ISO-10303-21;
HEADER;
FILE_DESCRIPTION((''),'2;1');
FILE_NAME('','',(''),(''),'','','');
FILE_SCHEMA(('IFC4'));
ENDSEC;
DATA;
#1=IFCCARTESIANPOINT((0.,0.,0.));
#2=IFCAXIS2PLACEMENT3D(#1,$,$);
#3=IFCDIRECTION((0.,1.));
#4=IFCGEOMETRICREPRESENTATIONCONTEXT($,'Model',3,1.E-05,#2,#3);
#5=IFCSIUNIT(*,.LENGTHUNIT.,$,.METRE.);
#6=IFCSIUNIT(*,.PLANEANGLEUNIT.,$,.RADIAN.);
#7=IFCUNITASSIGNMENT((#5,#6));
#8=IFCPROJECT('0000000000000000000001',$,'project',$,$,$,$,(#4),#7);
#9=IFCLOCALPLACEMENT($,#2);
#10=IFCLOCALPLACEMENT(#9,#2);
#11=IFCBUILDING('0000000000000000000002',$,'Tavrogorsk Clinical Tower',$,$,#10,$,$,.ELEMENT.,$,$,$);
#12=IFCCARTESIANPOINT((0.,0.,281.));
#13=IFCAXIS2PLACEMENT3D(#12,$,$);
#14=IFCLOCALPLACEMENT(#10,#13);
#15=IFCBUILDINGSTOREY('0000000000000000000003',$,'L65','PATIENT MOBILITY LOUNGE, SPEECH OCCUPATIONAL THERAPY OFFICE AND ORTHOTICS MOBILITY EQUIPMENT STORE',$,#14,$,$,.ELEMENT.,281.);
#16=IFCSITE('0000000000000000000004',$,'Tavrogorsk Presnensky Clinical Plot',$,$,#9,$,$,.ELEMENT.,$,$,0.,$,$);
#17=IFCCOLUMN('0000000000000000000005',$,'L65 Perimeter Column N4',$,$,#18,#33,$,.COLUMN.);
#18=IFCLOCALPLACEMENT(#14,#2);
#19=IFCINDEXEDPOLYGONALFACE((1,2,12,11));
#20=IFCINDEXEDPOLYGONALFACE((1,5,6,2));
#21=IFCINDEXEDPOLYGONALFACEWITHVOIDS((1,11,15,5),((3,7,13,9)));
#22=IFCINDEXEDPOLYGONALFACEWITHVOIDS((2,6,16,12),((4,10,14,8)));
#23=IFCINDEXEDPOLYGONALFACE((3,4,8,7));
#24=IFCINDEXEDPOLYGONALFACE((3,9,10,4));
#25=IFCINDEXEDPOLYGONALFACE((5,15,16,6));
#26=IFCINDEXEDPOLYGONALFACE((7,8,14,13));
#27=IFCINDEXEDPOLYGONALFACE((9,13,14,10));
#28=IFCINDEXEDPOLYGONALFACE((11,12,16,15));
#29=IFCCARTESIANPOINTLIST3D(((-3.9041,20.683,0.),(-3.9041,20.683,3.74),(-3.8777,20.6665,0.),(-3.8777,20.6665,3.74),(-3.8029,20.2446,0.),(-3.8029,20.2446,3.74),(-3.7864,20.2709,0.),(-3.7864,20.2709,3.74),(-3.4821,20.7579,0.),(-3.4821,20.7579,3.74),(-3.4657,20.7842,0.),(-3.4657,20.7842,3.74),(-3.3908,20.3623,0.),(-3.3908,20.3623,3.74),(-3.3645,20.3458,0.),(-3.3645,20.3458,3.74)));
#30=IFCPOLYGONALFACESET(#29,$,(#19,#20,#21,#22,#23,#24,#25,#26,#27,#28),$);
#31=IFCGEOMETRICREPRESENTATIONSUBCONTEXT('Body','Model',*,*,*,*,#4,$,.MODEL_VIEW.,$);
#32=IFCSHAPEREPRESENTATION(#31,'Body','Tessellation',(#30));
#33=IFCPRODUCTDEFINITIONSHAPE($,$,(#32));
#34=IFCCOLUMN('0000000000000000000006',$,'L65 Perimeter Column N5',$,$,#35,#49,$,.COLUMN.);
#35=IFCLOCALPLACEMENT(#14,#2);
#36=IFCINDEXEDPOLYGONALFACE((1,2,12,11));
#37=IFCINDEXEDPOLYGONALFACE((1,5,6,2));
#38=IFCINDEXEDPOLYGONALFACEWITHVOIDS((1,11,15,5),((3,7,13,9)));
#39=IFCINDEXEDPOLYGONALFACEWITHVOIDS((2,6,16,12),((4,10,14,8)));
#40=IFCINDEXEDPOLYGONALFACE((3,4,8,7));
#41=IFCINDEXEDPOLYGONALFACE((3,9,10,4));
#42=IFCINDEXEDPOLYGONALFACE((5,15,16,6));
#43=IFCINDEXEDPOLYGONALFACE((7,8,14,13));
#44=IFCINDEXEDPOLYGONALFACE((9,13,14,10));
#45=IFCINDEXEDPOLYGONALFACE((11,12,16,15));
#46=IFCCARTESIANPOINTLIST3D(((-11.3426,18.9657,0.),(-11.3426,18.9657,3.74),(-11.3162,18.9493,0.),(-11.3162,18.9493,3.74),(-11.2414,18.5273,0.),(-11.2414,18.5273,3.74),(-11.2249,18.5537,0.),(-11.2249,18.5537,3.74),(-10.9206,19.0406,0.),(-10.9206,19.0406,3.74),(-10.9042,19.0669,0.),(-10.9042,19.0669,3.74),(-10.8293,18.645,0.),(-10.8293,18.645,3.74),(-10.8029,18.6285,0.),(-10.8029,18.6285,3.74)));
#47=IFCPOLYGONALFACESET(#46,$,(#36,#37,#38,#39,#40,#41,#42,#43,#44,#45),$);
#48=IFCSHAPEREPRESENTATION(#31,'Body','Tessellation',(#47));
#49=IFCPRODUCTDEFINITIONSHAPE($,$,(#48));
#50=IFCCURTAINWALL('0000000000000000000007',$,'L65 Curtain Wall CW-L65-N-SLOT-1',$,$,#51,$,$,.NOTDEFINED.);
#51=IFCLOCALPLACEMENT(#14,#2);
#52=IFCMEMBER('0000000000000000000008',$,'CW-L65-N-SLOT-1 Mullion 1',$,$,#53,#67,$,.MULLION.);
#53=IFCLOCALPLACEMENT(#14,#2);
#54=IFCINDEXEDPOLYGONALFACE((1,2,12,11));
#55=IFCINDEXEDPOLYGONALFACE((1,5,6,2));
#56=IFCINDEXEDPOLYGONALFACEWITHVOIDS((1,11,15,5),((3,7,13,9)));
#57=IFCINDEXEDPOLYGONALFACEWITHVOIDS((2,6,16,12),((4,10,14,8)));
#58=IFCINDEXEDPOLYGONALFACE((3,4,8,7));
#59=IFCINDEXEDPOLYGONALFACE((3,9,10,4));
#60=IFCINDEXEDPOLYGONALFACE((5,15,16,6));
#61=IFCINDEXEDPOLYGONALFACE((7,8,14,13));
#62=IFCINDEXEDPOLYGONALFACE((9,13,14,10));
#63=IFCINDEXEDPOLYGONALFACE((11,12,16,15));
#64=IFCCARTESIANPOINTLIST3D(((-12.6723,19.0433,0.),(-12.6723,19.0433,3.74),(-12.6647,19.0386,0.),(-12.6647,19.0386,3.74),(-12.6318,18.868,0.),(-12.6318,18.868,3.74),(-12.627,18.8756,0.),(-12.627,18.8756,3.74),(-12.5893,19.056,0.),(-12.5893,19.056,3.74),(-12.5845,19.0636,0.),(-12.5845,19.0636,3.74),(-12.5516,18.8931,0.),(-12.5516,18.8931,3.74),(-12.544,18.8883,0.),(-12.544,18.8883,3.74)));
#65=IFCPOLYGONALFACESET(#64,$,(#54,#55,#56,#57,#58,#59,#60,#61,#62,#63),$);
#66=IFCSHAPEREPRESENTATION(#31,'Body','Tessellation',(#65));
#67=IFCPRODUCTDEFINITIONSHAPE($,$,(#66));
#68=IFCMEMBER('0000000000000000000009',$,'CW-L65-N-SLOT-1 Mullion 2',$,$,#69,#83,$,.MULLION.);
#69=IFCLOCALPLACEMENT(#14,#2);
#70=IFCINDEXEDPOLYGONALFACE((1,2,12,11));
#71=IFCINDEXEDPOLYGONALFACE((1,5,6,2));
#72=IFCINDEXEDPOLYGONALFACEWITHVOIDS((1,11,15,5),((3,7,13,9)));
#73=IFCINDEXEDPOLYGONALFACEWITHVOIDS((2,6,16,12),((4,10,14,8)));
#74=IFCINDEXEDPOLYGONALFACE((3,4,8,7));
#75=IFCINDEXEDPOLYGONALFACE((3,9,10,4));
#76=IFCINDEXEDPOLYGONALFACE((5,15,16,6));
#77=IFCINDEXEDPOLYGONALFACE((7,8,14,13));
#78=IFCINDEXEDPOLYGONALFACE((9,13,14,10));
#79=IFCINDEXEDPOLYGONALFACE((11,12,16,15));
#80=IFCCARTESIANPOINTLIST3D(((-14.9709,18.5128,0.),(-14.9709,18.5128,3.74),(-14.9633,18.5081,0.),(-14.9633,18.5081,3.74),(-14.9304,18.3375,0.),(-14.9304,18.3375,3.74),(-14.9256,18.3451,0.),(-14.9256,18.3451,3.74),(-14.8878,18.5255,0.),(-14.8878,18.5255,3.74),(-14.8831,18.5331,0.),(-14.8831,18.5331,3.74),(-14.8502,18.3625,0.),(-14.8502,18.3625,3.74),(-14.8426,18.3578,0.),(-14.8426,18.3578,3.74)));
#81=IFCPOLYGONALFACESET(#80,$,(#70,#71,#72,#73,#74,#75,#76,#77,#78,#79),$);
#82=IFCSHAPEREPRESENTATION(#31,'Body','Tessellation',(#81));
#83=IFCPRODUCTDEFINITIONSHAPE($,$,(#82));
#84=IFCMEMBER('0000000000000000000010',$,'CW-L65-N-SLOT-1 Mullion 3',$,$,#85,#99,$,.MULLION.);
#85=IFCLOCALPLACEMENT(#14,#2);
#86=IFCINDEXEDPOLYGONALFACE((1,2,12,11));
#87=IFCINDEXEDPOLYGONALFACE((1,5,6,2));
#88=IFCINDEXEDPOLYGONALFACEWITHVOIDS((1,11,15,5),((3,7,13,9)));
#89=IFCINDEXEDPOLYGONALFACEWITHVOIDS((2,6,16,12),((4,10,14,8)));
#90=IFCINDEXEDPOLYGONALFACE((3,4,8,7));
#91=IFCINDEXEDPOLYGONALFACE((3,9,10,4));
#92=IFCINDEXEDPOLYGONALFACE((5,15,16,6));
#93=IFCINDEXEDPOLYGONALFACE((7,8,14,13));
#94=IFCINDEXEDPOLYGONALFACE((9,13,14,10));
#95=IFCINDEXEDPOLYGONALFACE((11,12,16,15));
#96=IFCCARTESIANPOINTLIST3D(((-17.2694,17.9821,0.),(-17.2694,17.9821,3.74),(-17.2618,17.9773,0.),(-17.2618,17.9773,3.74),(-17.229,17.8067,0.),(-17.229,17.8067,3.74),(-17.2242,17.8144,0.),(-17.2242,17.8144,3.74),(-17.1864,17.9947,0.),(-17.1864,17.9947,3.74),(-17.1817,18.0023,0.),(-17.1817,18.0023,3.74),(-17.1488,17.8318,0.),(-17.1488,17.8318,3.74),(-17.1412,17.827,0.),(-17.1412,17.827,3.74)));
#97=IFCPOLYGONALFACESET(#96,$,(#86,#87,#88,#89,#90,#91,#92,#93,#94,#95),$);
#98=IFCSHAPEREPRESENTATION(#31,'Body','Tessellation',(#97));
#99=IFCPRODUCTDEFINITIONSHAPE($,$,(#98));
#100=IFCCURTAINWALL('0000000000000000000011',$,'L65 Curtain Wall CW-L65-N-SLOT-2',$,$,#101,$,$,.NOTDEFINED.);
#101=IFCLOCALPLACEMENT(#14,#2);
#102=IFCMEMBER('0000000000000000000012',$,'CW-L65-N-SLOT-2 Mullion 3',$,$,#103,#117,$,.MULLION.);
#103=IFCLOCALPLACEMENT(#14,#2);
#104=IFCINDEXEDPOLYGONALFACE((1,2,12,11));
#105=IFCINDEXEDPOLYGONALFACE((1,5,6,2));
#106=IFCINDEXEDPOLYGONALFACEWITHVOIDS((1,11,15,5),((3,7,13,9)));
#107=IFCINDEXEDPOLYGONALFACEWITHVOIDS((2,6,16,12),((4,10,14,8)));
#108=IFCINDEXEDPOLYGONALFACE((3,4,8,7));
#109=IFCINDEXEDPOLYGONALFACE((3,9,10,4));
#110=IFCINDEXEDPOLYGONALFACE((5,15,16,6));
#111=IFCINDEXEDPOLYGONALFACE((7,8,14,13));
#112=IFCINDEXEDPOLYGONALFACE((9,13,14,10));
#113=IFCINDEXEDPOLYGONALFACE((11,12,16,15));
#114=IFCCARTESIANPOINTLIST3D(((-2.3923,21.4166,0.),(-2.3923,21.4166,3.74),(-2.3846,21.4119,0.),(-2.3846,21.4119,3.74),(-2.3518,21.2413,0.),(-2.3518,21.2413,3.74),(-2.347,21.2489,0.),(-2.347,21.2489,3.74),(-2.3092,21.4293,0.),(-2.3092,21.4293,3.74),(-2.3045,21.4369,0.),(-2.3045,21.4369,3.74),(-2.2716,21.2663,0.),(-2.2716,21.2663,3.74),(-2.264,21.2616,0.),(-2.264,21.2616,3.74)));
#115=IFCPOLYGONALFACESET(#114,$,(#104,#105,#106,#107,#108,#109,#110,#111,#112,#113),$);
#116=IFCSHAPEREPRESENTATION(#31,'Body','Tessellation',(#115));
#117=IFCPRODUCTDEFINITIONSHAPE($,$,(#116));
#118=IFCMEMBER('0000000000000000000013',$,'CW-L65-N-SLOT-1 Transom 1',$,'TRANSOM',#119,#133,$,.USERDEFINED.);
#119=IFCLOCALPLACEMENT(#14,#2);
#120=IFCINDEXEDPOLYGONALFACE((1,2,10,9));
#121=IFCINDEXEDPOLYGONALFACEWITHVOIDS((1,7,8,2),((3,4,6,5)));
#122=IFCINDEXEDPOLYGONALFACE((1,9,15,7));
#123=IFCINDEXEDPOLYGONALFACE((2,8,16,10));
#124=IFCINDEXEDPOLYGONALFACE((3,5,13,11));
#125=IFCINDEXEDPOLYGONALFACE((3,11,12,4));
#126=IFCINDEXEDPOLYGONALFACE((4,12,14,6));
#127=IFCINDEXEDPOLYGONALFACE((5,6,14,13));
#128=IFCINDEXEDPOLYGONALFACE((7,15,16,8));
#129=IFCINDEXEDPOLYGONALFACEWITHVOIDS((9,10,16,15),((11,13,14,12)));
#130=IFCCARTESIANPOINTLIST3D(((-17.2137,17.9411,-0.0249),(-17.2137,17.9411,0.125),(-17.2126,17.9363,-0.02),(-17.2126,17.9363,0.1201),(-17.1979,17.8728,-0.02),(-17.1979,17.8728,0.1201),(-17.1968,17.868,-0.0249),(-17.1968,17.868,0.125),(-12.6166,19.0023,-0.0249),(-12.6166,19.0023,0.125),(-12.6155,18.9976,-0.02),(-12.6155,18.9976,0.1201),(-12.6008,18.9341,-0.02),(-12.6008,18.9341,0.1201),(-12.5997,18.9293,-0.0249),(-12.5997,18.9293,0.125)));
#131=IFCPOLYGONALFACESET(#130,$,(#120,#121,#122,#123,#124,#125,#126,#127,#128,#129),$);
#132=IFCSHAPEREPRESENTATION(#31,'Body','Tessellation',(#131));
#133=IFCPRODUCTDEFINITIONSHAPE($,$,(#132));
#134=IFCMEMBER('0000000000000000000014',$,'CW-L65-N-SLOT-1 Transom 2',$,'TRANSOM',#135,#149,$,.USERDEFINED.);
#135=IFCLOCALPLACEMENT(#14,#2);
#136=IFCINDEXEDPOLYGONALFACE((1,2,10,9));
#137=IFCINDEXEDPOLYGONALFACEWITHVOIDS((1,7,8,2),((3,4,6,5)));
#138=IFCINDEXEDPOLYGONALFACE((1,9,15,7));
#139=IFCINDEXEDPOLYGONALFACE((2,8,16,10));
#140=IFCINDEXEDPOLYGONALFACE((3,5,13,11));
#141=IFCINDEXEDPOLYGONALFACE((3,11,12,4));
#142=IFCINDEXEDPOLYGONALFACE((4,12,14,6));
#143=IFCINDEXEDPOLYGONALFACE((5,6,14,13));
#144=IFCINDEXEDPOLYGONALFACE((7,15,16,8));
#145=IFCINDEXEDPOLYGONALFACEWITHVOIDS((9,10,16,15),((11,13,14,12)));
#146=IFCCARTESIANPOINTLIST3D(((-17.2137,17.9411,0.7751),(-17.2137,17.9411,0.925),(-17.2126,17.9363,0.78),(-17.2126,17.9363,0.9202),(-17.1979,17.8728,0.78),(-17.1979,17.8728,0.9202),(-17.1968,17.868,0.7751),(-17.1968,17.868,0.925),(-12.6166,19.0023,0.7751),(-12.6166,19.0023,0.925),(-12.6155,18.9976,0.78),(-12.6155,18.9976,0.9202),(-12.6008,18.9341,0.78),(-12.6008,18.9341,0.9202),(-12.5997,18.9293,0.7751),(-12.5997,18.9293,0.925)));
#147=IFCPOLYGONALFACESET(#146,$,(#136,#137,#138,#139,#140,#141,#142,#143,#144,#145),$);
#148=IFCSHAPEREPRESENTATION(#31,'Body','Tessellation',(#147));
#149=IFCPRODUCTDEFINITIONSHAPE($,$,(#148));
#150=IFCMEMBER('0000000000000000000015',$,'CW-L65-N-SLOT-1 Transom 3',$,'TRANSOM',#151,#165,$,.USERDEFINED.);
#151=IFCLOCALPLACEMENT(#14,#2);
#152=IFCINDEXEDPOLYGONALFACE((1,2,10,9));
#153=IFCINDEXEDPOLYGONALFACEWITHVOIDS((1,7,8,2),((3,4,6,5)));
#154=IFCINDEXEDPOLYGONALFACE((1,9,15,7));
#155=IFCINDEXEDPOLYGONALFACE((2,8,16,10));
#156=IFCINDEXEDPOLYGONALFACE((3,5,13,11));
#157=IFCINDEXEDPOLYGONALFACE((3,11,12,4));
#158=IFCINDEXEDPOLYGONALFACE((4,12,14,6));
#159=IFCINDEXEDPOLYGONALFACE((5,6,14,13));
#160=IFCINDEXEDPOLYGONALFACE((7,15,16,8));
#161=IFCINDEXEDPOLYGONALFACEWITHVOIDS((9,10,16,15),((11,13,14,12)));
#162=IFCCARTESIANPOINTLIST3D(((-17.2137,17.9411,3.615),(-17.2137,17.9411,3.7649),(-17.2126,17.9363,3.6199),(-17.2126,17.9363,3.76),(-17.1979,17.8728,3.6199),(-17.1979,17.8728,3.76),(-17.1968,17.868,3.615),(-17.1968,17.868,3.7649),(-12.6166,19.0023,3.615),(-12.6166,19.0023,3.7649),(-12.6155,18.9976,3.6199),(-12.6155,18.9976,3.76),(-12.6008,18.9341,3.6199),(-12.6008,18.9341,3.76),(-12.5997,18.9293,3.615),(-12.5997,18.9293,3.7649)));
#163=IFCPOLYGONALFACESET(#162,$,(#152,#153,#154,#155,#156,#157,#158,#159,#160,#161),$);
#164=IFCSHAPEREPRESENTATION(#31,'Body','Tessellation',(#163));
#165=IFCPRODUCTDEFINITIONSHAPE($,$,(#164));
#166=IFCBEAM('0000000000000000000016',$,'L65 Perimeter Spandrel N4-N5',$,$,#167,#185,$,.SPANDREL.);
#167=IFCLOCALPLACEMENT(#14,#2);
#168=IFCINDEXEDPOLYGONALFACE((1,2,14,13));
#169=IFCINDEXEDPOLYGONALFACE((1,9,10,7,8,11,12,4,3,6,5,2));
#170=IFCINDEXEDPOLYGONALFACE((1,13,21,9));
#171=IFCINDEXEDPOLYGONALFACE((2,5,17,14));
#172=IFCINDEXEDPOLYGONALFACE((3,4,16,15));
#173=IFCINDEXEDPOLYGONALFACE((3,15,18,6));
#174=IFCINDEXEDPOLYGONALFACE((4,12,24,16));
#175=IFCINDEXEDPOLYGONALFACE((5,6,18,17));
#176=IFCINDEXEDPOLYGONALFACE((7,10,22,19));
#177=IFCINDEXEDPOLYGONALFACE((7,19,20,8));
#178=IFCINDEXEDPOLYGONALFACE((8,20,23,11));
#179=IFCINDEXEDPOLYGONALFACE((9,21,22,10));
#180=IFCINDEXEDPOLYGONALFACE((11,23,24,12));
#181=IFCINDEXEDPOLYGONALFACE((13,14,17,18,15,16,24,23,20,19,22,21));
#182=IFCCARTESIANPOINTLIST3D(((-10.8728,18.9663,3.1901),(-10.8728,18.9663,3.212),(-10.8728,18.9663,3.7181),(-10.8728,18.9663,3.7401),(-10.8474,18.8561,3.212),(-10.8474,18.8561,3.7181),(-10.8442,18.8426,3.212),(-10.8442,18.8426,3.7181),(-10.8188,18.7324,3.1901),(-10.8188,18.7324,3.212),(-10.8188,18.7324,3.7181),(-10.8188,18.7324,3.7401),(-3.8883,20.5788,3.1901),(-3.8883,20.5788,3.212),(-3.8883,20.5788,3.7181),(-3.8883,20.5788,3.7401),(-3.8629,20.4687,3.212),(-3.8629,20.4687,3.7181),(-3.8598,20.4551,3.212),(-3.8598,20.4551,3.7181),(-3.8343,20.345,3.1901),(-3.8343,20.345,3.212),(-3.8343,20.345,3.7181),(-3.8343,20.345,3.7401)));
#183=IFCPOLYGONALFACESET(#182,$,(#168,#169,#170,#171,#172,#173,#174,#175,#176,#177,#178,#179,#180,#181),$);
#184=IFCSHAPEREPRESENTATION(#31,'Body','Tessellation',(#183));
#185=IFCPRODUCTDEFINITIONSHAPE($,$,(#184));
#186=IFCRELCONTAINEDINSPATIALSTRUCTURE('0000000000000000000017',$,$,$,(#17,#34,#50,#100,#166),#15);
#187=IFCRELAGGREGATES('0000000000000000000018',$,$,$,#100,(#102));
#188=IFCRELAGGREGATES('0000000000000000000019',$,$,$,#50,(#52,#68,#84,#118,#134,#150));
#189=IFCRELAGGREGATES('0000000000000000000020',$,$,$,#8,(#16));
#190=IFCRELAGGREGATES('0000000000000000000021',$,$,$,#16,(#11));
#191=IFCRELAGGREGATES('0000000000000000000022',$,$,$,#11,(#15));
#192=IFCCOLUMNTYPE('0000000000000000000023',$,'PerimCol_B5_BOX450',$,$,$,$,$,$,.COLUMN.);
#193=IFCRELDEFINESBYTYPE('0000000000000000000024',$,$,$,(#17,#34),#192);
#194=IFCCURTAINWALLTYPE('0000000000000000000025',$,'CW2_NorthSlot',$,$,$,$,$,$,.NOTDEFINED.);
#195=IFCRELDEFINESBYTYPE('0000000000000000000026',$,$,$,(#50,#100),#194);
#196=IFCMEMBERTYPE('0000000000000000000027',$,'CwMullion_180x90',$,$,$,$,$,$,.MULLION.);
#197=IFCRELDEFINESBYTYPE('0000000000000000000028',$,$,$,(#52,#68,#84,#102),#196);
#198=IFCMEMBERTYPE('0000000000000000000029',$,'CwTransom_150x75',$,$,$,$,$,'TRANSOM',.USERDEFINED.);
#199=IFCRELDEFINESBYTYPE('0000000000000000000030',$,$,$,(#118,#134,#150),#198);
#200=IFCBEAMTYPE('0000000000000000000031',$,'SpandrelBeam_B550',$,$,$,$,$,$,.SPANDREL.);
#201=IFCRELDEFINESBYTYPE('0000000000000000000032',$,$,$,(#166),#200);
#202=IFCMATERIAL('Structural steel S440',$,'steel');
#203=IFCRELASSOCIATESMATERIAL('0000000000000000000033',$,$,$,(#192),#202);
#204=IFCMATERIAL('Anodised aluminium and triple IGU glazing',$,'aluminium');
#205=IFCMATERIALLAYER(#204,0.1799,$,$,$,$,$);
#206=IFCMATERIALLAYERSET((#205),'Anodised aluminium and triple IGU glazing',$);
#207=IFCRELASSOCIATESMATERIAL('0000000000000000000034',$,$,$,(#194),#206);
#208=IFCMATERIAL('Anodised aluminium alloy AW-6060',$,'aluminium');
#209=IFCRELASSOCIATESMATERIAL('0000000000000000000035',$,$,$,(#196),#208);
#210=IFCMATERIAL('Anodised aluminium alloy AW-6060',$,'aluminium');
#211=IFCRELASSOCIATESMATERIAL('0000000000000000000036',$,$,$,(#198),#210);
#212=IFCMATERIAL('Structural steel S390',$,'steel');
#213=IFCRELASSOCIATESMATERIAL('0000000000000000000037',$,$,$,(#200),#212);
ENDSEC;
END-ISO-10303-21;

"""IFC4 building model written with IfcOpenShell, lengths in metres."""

from ifc_helpers import new_model, si_unit, direction, frame, origin, origin_2d, place, context, subcontext, project, spatial, hollow_rectangle, i_section, extrude, material, layer, layer_set, material_profile, profile_set, type_object, element, aggregate, save


model = new_model("IFC4")

# Units and contexts
model_context = context("Model", 3, precision=1e-05, world=origin(), true_north=direction((0.0, 1.0)))
body_context = subcontext(model_context, "Body", "Model", "MODEL_VIEW")
ifc_project = project(units=[si_unit("LENGTHUNIT", "METRE"), si_unit("PLANEANGLEUNIT", "RADIAN")], contexts=[model_context])

# Site, building, storey
site_placement = place(None, origin())
site = spatial("IfcSite", under=ifc_project, at=site_placement, Name="Tavrogorsk Presnensky Clinical Plot", CompositionType="ELEMENT", RefElevation=0.0)
building_placement = place(site_placement, origin())
building = spatial("IfcBuilding", under=site, at=building_placement, Name="Tavrogorsk Clinical Tower", CompositionType="ELEMENT")
storey_placement = place(building_placement, frame((0.0, 0.0, 281.0)))
storey = spatial("IfcBuildingStorey", under=building, at=storey_placement, Name="L65", Description="PATIENT MOBILITY LOUNGE, SPEECH OCCUPATIONAL THERAPY OFFICE AND ORTHOTICS MOBILITY EQUIPMENT STORE", CompositionType="ELEMENT", Elevation=281.0)

# Columns
ifc_material_1 = material(Name="Structural steel S440", Category="steel")
ifc_material_profile_1 = material_profile(ifc_material_1, hollow_rectangle(XDim=0.45, YDim=0.45, WallThickness=0.022, at=origin_2d()), Name="BOX-450x450x22")
ifc_profile_set_1 = profile_set([ifc_material_profile_1], Name="Structural steel S440")
column_type = type_object("IfcColumnType", Name="PerimCol_B5_BOX450", PredefinedType="COLUMN", material=ifc_profile_set_1)
for number, where, z_axis, x_axis, name in (
    (1, (-3.6343, 20.5144, 0.0), (0.0, 0.0, 1.0), (0.97437, 0.224951, 0.0), "L65 Perimeter Column N4"),
    (2, (-11.0728, 18.7971, 0.0), (0.0, 0.0, 1.0), (0.97437, 0.224951, 0.0), "L65 Perimeter Column N5"),
):
    element("IfcColumn", number, at=place(storey_placement, frame(where, z_axis=z_axis, x_axis=x_axis)), inside=storey, type_object=column_type, Name=name, PredefinedType="COLUMN", context=body_context, shape_type="SweptSolid", body=[
        extrude(hollow_rectangle(XDim=0.45, YDim=0.45, WallThickness=0.022, at=origin_2d()), origin(), (0.0, 0.0, 1.0), 3.74),
    ])

# Curtain wall, members
ifc_material_2 = material(Name="Anodised aluminium and triple IGU glazing", Category="aluminium")
ifc_layer_1 = layer(ifc_material_2, 0.1799)
ifc_layer_set_1 = layer_set([ifc_layer_1], Name="Anodised aluminium and triple IGU glazing")
curtain_wall_type = type_object("IfcCurtainWallType", Name="CW2_NorthSlot", PredefinedType="NOTDEFINED", material=ifc_layer_set_1)
curtain_wall_1_placement = place(storey_placement, origin())
curtain_wall_1 = element("IfcCurtainWall", 3, at=curtain_wall_1_placement, inside=storey, type_object=curtain_wall_type, Name="L65 Curtain Wall CW-L65-N-SLOT-1", PredefinedType="NOTDEFINED")
ifc_material_3 = material(Name="Anodised aluminium alloy AW-6060", Category="aluminium")
ifc_material_profile_2 = material_profile(ifc_material_3, hollow_rectangle(XDim=0.0901, YDim=0.1799, WallThickness=0.0063, at=origin_2d()), Name="RHS-180x90x6.3")
ifc_profile_set_2 = profile_set([ifc_material_profile_2], Name="Anodised aluminium alloy AW-6060")
member_type_1 = type_object("IfcMemberType", Name="CwMullion_180x90", PredefinedType="MULLION", material=ifc_profile_set_2)
member_1_placement = place(storey_placement, frame((-12.6082, 18.9658, 0.0), z_axis=(0.0, 0.0, 1.0), x_axis=(-0.97437, -0.224951, 0.0)))
member_1 = element("IfcMember", 4, at=member_1_placement, type_object=member_type_1, Name="CW-L65-N-SLOT-1 Mullion 1", PredefinedType="MULLION", context=body_context, shape_type="SweptSolid", body=[
    extrude(hollow_rectangle(XDim=0.0901, YDim=0.1799, WallThickness=0.0063, at=origin_2d()), origin(), (0.0, 0.0, 1.0), 3.74),
])
member_2_placement = place(storey_placement, frame((-14.9067, 18.4353, 0.0), z_axis=(0.0, 0.0, 1.0), x_axis=(-0.97437, -0.224951, 0.0)))
member_2 = element("IfcMember", 5, at=member_2_placement, type_object=member_type_1, Name="CW-L65-N-SLOT-1 Mullion 2", PredefinedType="MULLION", context=body_context, shape_type="SweptSolid", body=[
    extrude(hollow_rectangle(XDim=0.0901, YDim=0.1799, WallThickness=0.0063, at=origin_2d()), origin(), (0.0, 0.0, 1.0), 3.74),
])
member_3_placement = place(storey_placement, frame((-17.2053, 17.9045, 0.0), z_axis=(0.0, 0.0, 1.0), x_axis=(-0.97437, -0.224951, 0.0)))
member_3 = element("IfcMember", 6, at=member_3_placement, type_object=member_type_1, Name="CW-L65-N-SLOT-1 Mullion 3", PredefinedType="MULLION", context=body_context, shape_type="SweptSolid", body=[
    extrude(hollow_rectangle(XDim=0.0901, YDim=0.1799, WallThickness=0.0063, at=origin_2d()), origin(), (0.0, 0.0, 1.0), 3.74),
])

# Curtain wall, member
curtain_wall_2_placement = place(storey_placement, origin())
curtain_wall_2 = element("IfcCurtainWall", 7, at=curtain_wall_2_placement, inside=storey, type_object=curtain_wall_type, Name="L65 Curtain Wall CW-L65-N-SLOT-2", PredefinedType="NOTDEFINED")
member_4_placement = place(storey_placement, frame((-2.3281, 21.3391, 0.0), z_axis=(0.0, 0.0, 1.0), x_axis=(-0.97437, -0.224951, 0.0)))
member_4 = element("IfcMember", 8, at=member_4_placement, type_object=member_type_1, Name="CW-L65-N-SLOT-2 Mullion 3", PredefinedType="MULLION", context=body_context, shape_type="SweptSolid", body=[
    extrude(hollow_rectangle(XDim=0.0901, YDim=0.1799, WallThickness=0.0063, at=origin_2d()), origin(), (0.0, 0.0, 1.0), 3.74),
])
aggregate(curtain_wall_2, [member_4])

# Members
ifc_material_4 = material(Name="Anodised aluminium alloy AW-6060", Category="aluminium")
ifc_material_profile_3 = material_profile(ifc_material_4, hollow_rectangle(XDim=0.075, YDim=0.1499, WallThickness=0.0049, at=origin_2d()), Name="RHS-150x75x5")
ifc_profile_set_3 = profile_set([ifc_material_profile_3], Name="Anodised aluminium alloy AW-6060")
member_type_2 = type_object("IfcMemberType", Name="CwTransom_150x75", ElementType="TRANSOM", PredefinedType="USERDEFINED", material=ifc_profile_set_3)
member_5_placement = place(storey_placement, frame((-12.6082, 18.9658, 0.05), z_axis=(-0.974373, -0.224939, 0.0), x_axis=(0.224939, -0.974373, 0.0)))
member_5 = element("IfcMember", 9, at=member_5_placement, type_object=member_type_2, Name="CW-L65-N-SLOT-1 Transom 1", ObjectType="TRANSOM", PredefinedType="USERDEFINED", context=body_context, shape_type="SweptSolid", body=[
    extrude(hollow_rectangle(XDim=0.075, YDim=0.1499, WallThickness=0.0049, at=origin_2d()), origin(), (0.0, 0.0, 1.0), 4.718),
])
member_6_placement = place(storey_placement, frame((-12.6082, 18.9658, 0.8501), z_axis=(-0.974373, -0.224939, 0.0), x_axis=(0.224939, -0.974373, 0.0)))
member_6 = element("IfcMember", 10, at=member_6_placement, type_object=member_type_2, Name="CW-L65-N-SLOT-1 Transom 2", ObjectType="TRANSOM", PredefinedType="USERDEFINED", context=body_context, shape_type="SweptSolid", body=[
    extrude(hollow_rectangle(XDim=0.075, YDim=0.1499, WallThickness=0.0049, at=origin_2d()), origin(), (0.0, 0.0, 1.0), 4.718),
])
member_7_placement = place(storey_placement, frame((-12.6082, 18.9658, 3.6899), z_axis=(-0.974373, -0.224939, 0.0), x_axis=(0.224939, -0.974373, 0.0)))
member_7 = element("IfcMember", 11, at=member_7_placement, type_object=member_type_2, Name="CW-L65-N-SLOT-1 Transom 3", ObjectType="TRANSOM", PredefinedType="USERDEFINED", context=body_context, shape_type="SweptSolid", body=[
    extrude(hollow_rectangle(XDim=0.075, YDim=0.1499, WallThickness=0.0049, at=origin_2d()), origin(), (0.0, 0.0, 1.0), 4.718),
])

# Beam
ifc_material_5 = material(Name="Structural steel S390", Category="steel")
ifc_material_profile_4 = material_profile(ifc_material_5, i_section(OverallWidth=0.24, OverallDepth=0.55, WebThickness=0.0139, FlangeThickness=0.022, at=origin_2d()), Name="B-550x240x14x22")
ifc_profile_set_4 = profile_set([ifc_material_profile_4], Name="Structural steel S390")
beam_type = type_object("IfcBeamType", Name="SpandrelBeam_B550", PredefinedType="SPANDREL", material=ifc_profile_set_4)
for number, where, z_axis, x_axis, name in (
    (12, (-3.8613, 20.4619, 3.4651), (-0.974368, -0.224961, 0.0), (0.224961, -0.974368, 0.0), "L65 Perimeter Spandrel N4-N5"),
):
    element("IfcBeam", number, at=place(storey_placement, frame(where, z_axis=z_axis, x_axis=x_axis)), inside=storey, type_object=beam_type, Name=name, PredefinedType="SPANDREL", context=body_context, shape_type="SweptSolid", body=[
        extrude(i_section(OverallWidth=0.24, OverallDepth=0.55, WebThickness=0.0139, FlangeThickness=0.022, at=origin_2d()), origin(), (0.0, 0.0, 1.0), 7.1682),
    ])

aggregate(curtain_wall_1, [member_1, member_2, member_3, member_5, member_6, member_7])

save(model, "model.ifc")
